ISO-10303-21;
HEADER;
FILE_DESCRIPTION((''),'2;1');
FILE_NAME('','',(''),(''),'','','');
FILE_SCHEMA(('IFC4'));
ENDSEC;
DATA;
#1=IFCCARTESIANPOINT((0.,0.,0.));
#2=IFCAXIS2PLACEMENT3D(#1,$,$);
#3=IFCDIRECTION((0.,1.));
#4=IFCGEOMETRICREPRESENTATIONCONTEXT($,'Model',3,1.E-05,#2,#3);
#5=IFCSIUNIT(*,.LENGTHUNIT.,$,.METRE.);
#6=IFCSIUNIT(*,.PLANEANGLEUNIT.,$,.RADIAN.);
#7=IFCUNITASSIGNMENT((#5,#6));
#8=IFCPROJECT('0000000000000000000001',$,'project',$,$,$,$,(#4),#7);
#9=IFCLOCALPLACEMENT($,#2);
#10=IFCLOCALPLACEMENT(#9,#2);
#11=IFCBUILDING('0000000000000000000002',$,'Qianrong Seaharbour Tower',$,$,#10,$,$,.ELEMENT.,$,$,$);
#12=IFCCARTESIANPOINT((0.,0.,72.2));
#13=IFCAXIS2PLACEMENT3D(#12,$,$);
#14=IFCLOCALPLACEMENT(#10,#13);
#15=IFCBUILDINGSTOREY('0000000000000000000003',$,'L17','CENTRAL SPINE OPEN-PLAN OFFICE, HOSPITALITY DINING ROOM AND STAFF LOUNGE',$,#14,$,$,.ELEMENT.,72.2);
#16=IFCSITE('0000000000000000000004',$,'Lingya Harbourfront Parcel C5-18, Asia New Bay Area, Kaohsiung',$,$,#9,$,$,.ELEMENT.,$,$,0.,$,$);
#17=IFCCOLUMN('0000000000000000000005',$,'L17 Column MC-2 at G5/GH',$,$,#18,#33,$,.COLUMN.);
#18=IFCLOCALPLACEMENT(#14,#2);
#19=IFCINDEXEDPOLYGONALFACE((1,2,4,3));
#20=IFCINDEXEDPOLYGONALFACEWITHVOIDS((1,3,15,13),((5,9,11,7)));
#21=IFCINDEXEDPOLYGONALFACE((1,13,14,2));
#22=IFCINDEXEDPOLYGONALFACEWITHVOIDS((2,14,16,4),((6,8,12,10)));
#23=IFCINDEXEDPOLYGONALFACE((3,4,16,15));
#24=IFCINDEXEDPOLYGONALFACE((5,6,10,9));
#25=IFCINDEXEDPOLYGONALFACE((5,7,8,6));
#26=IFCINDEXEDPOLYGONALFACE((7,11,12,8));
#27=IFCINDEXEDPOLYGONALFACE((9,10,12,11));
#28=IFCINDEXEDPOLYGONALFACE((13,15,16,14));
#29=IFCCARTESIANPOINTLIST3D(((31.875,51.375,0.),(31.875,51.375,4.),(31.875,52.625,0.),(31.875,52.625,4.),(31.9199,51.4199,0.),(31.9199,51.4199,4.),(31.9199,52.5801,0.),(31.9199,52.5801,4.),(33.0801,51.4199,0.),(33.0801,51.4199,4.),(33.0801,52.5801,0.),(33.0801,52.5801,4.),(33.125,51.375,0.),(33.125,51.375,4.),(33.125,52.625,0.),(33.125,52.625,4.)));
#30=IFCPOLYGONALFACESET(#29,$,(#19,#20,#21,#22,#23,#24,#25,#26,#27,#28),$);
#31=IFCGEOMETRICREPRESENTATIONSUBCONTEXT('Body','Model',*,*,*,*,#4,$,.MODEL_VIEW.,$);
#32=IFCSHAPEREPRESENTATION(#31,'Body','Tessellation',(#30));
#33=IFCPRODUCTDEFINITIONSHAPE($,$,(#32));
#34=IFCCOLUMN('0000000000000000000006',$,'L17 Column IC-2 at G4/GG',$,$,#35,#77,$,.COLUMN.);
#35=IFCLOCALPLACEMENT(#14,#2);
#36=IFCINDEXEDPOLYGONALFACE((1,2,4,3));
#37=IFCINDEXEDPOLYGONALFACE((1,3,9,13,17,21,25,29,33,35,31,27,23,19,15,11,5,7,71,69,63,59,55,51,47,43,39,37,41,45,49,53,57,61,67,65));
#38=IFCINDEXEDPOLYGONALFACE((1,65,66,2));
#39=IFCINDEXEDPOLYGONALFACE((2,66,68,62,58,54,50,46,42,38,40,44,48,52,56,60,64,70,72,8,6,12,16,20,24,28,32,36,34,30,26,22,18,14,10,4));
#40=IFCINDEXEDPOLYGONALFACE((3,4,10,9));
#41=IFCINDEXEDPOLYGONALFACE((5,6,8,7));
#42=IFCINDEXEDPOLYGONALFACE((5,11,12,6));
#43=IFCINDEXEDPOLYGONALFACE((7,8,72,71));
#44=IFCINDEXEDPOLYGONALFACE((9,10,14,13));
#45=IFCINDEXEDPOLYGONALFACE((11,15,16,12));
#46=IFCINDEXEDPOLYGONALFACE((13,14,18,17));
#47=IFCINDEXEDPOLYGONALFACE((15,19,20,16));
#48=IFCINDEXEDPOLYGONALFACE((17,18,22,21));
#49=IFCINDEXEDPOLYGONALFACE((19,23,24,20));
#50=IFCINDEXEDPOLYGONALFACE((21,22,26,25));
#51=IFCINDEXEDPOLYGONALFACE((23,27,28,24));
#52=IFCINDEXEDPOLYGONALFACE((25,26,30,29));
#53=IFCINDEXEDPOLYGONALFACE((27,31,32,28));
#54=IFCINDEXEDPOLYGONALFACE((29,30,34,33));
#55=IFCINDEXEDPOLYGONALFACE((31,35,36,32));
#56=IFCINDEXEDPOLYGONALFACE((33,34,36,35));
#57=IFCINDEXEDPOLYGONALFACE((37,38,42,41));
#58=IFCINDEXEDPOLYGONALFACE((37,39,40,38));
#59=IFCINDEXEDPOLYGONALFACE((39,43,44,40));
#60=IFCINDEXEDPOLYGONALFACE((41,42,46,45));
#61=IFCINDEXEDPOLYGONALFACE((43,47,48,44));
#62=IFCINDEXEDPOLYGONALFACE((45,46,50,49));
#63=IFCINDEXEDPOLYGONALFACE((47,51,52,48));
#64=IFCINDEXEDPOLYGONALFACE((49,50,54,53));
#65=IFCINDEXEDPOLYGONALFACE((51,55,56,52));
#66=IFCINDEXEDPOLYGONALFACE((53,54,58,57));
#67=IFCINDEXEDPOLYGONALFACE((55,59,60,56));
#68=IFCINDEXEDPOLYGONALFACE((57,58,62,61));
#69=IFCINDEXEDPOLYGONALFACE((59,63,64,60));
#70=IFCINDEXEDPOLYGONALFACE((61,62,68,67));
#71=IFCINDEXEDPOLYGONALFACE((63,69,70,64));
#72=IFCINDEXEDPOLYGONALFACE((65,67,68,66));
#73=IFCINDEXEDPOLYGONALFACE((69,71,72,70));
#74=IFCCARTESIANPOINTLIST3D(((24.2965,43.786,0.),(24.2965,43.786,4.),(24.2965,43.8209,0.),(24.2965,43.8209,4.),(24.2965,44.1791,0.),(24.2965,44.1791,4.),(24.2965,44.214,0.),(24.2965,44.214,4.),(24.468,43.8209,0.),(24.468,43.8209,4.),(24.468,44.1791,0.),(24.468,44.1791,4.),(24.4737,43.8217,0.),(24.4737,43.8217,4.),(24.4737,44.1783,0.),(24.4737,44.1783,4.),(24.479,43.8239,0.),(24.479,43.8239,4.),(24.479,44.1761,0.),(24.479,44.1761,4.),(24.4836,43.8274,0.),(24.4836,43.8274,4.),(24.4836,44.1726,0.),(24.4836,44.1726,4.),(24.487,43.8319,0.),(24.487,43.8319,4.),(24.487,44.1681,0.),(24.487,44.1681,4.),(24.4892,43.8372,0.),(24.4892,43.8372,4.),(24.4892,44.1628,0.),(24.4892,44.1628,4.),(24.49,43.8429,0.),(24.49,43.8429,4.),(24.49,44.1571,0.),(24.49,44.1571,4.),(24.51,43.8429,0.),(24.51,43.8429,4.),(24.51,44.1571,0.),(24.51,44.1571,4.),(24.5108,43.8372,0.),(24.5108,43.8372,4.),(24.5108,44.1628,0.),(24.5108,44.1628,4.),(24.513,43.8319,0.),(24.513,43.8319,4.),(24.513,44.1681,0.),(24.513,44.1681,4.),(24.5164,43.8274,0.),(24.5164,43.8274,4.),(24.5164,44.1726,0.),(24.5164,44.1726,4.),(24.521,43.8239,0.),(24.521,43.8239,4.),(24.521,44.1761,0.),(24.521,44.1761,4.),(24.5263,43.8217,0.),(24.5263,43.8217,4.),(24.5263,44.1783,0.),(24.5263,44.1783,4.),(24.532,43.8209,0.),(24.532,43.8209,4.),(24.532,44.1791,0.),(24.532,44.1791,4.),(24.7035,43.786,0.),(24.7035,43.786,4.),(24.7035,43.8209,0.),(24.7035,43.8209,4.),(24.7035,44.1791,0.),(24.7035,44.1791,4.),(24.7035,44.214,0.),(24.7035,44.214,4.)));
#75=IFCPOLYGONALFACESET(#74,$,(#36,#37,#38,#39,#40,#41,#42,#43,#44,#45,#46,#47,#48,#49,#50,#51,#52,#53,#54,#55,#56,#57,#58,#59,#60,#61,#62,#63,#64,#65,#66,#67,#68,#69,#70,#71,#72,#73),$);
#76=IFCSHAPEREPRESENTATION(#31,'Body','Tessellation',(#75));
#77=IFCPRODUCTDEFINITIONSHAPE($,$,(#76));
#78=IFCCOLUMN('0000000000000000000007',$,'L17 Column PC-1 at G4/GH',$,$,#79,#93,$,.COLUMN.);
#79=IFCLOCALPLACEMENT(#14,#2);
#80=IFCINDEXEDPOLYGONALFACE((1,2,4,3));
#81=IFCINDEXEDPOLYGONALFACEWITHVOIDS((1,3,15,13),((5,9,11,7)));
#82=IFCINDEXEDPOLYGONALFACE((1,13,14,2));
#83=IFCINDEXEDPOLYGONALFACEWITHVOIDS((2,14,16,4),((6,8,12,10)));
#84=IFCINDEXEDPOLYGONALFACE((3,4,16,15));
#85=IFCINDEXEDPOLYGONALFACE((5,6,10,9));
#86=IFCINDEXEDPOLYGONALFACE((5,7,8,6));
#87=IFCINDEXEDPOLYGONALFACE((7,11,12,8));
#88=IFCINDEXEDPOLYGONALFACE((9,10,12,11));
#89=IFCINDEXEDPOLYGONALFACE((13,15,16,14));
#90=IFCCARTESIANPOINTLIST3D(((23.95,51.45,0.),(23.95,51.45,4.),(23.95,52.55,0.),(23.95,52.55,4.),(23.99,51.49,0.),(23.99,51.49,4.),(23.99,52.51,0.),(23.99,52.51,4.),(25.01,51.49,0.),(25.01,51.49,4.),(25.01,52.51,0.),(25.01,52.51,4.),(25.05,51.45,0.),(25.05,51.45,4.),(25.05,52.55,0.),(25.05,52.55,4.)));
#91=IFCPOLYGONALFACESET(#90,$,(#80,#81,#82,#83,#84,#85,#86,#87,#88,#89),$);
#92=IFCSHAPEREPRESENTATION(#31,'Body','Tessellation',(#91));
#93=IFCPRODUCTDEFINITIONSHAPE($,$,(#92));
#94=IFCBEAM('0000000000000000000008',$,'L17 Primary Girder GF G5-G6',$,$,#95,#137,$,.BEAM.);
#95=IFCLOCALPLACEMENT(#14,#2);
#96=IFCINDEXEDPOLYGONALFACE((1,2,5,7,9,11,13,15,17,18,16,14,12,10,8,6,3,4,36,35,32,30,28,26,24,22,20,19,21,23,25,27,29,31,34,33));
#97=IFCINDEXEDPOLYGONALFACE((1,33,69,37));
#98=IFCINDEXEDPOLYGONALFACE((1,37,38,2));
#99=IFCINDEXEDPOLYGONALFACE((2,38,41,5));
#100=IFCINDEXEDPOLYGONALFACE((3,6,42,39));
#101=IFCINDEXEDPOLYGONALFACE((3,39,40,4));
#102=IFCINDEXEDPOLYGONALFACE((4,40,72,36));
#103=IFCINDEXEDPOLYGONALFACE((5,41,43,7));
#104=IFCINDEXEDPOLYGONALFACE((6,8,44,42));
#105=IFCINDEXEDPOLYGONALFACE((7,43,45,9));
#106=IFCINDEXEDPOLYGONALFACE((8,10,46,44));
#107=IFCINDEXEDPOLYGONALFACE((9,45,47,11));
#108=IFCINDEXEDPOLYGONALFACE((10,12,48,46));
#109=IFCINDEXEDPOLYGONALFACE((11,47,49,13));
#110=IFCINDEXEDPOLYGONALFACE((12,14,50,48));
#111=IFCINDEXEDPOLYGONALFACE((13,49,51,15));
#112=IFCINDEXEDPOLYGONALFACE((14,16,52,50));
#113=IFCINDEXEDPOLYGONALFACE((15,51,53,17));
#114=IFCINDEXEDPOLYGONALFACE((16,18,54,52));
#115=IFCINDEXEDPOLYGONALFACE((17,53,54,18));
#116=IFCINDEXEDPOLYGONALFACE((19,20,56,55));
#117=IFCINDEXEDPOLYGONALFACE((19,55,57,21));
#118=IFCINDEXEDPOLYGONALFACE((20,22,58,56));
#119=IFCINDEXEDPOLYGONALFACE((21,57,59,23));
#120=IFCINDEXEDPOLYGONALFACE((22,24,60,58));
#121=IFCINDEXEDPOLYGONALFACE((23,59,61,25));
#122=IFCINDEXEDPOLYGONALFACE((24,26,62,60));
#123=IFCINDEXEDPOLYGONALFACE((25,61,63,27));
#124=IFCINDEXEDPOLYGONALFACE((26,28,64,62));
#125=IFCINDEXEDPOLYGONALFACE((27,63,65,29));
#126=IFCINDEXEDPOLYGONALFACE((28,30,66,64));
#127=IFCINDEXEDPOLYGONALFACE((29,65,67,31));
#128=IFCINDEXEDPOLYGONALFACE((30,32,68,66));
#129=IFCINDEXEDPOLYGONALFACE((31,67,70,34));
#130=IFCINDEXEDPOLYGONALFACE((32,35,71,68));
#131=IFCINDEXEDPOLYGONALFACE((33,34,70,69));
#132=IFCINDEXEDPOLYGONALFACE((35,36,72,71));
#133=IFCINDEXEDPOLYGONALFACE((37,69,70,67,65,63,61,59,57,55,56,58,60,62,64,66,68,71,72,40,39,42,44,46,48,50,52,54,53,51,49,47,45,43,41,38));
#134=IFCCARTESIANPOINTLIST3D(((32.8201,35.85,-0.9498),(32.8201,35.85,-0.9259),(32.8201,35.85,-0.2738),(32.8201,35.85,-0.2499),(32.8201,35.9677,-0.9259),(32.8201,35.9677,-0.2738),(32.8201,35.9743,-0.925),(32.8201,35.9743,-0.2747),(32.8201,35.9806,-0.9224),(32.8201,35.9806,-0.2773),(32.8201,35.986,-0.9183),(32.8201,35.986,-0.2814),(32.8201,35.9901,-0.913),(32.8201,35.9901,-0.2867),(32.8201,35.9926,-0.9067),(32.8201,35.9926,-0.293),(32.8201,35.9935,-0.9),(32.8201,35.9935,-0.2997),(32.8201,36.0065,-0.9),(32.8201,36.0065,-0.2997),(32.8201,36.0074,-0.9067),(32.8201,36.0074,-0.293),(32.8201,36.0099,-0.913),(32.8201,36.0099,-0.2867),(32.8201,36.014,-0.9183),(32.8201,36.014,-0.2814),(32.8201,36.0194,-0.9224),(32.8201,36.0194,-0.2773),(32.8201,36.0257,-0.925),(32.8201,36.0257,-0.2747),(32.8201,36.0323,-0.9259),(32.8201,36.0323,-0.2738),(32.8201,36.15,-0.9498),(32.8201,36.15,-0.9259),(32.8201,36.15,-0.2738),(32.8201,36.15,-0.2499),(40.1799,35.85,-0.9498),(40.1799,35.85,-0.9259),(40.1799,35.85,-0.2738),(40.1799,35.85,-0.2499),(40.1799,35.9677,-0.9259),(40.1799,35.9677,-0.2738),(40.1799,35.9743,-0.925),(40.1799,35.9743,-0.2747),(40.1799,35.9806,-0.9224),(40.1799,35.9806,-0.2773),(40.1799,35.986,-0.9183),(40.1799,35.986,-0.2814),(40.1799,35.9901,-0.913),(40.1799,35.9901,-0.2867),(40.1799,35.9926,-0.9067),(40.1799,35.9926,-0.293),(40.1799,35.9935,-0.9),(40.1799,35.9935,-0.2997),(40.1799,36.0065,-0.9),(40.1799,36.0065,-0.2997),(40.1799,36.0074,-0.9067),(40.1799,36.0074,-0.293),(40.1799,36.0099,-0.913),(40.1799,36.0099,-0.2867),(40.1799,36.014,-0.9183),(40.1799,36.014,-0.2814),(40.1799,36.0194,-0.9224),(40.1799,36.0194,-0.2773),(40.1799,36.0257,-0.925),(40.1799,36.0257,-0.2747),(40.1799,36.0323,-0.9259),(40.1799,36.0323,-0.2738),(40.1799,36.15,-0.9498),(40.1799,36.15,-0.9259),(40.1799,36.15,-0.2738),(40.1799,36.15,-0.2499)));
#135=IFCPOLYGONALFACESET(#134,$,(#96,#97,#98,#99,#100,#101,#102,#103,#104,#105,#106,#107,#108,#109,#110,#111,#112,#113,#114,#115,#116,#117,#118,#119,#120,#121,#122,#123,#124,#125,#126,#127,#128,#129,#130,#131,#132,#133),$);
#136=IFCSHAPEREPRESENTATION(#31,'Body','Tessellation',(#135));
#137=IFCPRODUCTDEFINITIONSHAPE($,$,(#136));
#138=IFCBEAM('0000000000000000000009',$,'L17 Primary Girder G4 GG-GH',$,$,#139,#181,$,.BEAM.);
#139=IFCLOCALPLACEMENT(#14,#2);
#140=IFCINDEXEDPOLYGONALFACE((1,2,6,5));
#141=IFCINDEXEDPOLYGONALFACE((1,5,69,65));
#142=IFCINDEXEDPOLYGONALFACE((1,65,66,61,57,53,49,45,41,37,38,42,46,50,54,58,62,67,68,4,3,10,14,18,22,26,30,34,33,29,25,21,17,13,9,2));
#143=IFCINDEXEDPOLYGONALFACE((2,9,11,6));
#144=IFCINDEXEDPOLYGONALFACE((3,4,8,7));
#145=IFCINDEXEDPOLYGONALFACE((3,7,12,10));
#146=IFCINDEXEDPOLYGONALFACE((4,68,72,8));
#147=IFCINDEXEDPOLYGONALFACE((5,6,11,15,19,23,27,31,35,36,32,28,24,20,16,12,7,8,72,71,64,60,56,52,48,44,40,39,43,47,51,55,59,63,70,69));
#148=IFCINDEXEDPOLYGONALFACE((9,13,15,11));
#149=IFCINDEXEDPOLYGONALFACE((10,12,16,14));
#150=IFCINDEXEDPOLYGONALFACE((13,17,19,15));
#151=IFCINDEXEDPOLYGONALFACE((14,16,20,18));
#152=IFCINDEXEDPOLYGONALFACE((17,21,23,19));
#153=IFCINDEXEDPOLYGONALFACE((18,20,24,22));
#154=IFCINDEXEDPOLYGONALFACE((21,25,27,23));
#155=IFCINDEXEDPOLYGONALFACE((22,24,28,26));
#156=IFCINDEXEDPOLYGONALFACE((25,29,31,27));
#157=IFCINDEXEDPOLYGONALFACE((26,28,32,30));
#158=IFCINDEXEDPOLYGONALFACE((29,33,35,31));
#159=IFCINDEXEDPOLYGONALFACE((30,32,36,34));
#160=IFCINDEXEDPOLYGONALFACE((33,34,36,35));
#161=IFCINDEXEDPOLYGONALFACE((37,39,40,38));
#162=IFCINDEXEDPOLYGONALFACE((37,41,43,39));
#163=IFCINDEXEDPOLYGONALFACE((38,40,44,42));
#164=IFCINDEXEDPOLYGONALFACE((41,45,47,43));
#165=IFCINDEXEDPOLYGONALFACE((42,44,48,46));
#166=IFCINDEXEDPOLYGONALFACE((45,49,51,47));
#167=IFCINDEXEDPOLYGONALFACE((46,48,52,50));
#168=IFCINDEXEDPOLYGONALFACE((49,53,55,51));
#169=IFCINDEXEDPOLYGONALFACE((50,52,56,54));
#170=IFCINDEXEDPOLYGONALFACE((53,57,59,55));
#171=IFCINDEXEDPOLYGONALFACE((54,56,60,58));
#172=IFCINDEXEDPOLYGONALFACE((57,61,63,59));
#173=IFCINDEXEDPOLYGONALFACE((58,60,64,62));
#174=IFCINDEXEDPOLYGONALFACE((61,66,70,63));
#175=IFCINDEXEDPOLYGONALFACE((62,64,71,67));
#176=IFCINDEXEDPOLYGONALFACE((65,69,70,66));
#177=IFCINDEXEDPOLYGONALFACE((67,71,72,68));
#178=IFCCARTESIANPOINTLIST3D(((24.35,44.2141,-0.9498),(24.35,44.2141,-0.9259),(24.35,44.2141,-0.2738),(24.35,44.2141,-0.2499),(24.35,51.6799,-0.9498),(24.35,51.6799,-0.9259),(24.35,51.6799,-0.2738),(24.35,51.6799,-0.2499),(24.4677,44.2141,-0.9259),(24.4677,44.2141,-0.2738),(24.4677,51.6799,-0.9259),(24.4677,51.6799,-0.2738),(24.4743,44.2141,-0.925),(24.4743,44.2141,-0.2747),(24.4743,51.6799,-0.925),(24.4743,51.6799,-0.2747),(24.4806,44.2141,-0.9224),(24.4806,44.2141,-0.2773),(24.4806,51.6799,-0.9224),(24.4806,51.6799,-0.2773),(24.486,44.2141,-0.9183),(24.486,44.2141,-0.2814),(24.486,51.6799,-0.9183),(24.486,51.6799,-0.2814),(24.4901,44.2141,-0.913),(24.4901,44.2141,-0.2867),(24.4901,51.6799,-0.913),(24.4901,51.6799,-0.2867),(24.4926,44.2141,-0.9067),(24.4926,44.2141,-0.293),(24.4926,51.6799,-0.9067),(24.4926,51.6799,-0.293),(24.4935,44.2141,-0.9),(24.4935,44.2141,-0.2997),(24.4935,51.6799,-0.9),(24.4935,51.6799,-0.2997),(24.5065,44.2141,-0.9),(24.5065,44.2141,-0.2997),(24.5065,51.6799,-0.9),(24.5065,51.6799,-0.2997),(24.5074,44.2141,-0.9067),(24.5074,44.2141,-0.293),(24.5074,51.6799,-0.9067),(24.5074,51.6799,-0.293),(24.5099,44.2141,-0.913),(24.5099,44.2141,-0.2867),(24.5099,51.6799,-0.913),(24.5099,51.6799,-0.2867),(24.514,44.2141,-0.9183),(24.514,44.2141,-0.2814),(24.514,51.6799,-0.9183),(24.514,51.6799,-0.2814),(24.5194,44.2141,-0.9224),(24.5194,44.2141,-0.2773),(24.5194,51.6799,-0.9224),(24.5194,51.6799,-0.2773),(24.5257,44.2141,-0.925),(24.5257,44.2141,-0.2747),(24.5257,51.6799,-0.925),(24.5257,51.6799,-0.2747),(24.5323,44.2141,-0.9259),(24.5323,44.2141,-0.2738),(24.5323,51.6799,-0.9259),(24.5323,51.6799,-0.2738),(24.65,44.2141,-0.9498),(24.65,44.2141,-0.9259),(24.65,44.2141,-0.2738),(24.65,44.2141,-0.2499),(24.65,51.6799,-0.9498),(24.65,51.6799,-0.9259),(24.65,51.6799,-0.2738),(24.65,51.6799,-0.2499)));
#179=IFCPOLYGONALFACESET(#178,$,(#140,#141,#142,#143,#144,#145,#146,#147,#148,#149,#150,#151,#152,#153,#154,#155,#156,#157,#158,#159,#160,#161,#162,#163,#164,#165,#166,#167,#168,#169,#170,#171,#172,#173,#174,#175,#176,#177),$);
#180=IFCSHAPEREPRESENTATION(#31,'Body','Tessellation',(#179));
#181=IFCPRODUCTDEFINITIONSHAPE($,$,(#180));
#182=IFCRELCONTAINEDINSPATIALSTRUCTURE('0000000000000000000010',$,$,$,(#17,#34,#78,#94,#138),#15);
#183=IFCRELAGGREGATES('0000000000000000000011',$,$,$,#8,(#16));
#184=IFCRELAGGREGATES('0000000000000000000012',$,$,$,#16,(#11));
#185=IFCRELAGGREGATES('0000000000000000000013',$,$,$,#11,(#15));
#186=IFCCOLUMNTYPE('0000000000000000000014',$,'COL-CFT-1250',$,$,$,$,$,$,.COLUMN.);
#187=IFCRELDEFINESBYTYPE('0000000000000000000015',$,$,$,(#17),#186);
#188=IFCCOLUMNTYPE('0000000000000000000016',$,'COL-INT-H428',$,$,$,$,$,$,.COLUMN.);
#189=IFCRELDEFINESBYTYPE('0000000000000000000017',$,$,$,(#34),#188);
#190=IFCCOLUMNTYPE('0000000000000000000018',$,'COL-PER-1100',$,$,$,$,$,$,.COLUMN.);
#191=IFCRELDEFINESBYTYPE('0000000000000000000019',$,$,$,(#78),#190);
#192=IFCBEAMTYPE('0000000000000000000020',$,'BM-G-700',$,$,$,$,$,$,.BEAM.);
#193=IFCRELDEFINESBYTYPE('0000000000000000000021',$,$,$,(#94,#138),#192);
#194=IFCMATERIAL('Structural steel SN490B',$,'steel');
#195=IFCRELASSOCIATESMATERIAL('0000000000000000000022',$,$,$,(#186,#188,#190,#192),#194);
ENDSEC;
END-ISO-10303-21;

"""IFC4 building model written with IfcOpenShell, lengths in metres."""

from ifc_helpers import new_model, si_unit, direction, frame, origin, origin_2d, place, context, subcontext, project, spatial, hollow_rectangle, i_section, extrude, material, material_profile, profile_set, type_object, element, save


model = new_model("IFC4")

# Units and contexts
model_context = context("Model", 3, precision=1e-05, world=origin(), true_north=direction((0.0, 1.0)))
body_context = subcontext(model_context, "Body", "Model", "MODEL_VIEW")
ifc_project = project(units=[si_unit("LENGTHUNIT", "METRE"), si_unit("PLANEANGLEUNIT", "RADIAN")], contexts=[model_context])

# Site, building, storey
site_placement = place(None, origin())
site = spatial("IfcSite", under=ifc_project, at=site_placement, Name="Lingya Harbourfront Parcel C5-18, Asia New Bay Area, Kaohsiung", CompositionType="ELEMENT", RefElevation=0.0)
building_placement = place(site_placement, origin())
building = spatial("IfcBuilding", under=site, at=building_placement, Name="Qianrong Seaharbour Tower", CompositionType="ELEMENT")
storey_placement = place(building_placement, frame((0.0, 0.0, 72.2)))
storey = spatial("IfcBuildingStorey", under=building, at=storey_placement, Name="L17", Description="CENTRAL SPINE OPEN-PLAN OFFICE, HOSPITALITY DINING ROOM AND STAFF LOUNGE", CompositionType="ELEMENT", Elevation=72.2)

# Columns
ifc_material_1 = material(Name="Structural steel SN490B", Category="steel")
ifc_material_profile_1 = material_profile(ifc_material_1, hollow_rectangle(XDim=1.25, YDim=1.25, WallThickness=0.0449, at=origin_2d()), Name="BOX1250x1250x45")
ifc_profile_set_1 = profile_set([ifc_material_profile_1], Name="Structural steel SN490B")
column_type_1 = type_object("IfcColumnType", Name="COL-CFT-1250", PredefinedType="COLUMN", material=ifc_profile_set_1)
column_1_placement = place(storey_placement, frame((32.5, 52.0, 0.0), z_axis=(0.0, 0.0, 1.0), x_axis=(1.0, 0.0, 0.0)))
element("IfcColumn", 1, at=column_1_placement, inside=storey, type_object=column_type_1, Name="L17 Column MC-2 at G5/GH", PredefinedType="COLUMN", context=body_context, shape_type="SweptSolid", body=[
    extrude(hollow_rectangle(XDim=1.25, YDim=1.25, WallThickness=0.0449, at=origin_2d()), origin(), (0.0, 0.0, 1.0), 4.0),
])
ifc_material_profile_2 = material_profile(ifc_material_1, i_section(OverallWidth=0.407, OverallDepth=0.428, WebThickness=0.02, FlangeThickness=0.0349, FilletRadius=0.022, at=origin_2d()), Name="H428x407x20x35")
ifc_profile_set_2 = profile_set([ifc_material_profile_2], Name="Structural steel SN490B")
column_type_2 = type_object("IfcColumnType", Name="COL-INT-H428", PredefinedType="COLUMN", material=ifc_profile_set_2)
column_2_placement = place(storey_placement, frame((24.5, 44.0, 0.0), z_axis=(0.0, 0.0, 1.0), x_axis=(1.0, 0.0, 0.0)))
element("IfcColumn", 2, at=column_2_placement, inside=storey, type_object=column_type_2, Name="L17 Column IC-2 at G4/GG", PredefinedType="COLUMN", context=body_context, shape_type="SweptSolid", body=[
    extrude(i_section(OverallWidth=0.407, OverallDepth=0.428, WebThickness=0.02, FlangeThickness=0.0349, FilletRadius=0.022, at=origin_2d()), origin(), (0.0, 0.0, 1.0), 4.0),
])
ifc_material_profile_3 = material_profile(ifc_material_1, hollow_rectangle(XDim=1.1001, YDim=1.1001, WallThickness=0.04, at=origin_2d()), Name="BOX1100x1100x40")
ifc_profile_set_3 = profile_set([ifc_material_profile_3], Name="Structural steel SN490B")
column_type_3 = type_object("IfcColumnType", Name="COL-PER-1100", PredefinedType="COLUMN", material=ifc_profile_set_3)
column_3_placement = place(storey_placement, frame((24.5, 52.0, 0.0), z_axis=(0.0, 0.0, 1.0), x_axis=(1.0, 0.0, 0.0)))
element("IfcColumn", 3, at=column_3_placement, inside=storey, type_object=column_type_3, Name="L17 Column PC-1 at G4/GH", PredefinedType="COLUMN", context=body_context, shape_type="SweptSolid", body=[
    extrude(hollow_rectangle(XDim=1.1001, YDim=1.1001, WallThickness=0.04, at=origin_2d()), origin(), (0.0, 0.0, 1.0), 4.0),
])

# Beams
ifc_material_profile_4 = material_profile(ifc_material_1, i_section(OverallWidth=0.3, OverallDepth=0.7, WebThickness=0.0129, FlangeThickness=0.0239, FilletRadius=0.0259, at=origin_2d()), Name="H700x300x13x24")
ifc_profile_set_4 = profile_set([ifc_material_profile_4], Name="Structural steel SN490B")
beam_type_1 = type_object("IfcBeamType", Name="BM-G-700", PredefinedType="BEAM", material=ifc_profile_set_4)
beam_1_placement = place(storey_placement, frame((32.8201, 36.0, -0.5999), z_axis=(1.0, 0.0, 0.0), x_axis=(0.0, 1.0, 0.0)))
element("IfcBeam", 4, at=beam_1_placement, inside=storey, type_object=beam_type_1, Name="L17 Primary Girder GF G5-G6", PredefinedType="BEAM", context=body_context, shape_type="SweptSolid", body=[
    extrude(i_section(OverallWidth=0.3, OverallDepth=0.7, WebThickness=0.0129, FlangeThickness=0.0239, FilletRadius=0.0259, at=origin_2d()), origin(), (0.0, 0.0, 1.0), 7.3599),
])
beam_2_placement = place(storey_placement, frame((24.5, 44.2141, -0.5999), z_axis=(0.0, 1.0, 0.0), x_axis=(-1.0, 0.0, 0.0)))
element("IfcBeam", 5, at=beam_2_placement, inside=storey, type_object=beam_type_1, Name="L17 Primary Girder G4 GG-GH", PredefinedType="BEAM", context=body_context, shape_type="SweptSolid", body=[
    extrude(i_section(OverallWidth=0.3, OverallDepth=0.7, WebThickness=0.0129, FlangeThickness=0.0239, FilletRadius=0.0259, at=origin_2d()), origin(), (0.0, 0.0, 1.0), 7.4658),
])

save(model, "model.ifc")
